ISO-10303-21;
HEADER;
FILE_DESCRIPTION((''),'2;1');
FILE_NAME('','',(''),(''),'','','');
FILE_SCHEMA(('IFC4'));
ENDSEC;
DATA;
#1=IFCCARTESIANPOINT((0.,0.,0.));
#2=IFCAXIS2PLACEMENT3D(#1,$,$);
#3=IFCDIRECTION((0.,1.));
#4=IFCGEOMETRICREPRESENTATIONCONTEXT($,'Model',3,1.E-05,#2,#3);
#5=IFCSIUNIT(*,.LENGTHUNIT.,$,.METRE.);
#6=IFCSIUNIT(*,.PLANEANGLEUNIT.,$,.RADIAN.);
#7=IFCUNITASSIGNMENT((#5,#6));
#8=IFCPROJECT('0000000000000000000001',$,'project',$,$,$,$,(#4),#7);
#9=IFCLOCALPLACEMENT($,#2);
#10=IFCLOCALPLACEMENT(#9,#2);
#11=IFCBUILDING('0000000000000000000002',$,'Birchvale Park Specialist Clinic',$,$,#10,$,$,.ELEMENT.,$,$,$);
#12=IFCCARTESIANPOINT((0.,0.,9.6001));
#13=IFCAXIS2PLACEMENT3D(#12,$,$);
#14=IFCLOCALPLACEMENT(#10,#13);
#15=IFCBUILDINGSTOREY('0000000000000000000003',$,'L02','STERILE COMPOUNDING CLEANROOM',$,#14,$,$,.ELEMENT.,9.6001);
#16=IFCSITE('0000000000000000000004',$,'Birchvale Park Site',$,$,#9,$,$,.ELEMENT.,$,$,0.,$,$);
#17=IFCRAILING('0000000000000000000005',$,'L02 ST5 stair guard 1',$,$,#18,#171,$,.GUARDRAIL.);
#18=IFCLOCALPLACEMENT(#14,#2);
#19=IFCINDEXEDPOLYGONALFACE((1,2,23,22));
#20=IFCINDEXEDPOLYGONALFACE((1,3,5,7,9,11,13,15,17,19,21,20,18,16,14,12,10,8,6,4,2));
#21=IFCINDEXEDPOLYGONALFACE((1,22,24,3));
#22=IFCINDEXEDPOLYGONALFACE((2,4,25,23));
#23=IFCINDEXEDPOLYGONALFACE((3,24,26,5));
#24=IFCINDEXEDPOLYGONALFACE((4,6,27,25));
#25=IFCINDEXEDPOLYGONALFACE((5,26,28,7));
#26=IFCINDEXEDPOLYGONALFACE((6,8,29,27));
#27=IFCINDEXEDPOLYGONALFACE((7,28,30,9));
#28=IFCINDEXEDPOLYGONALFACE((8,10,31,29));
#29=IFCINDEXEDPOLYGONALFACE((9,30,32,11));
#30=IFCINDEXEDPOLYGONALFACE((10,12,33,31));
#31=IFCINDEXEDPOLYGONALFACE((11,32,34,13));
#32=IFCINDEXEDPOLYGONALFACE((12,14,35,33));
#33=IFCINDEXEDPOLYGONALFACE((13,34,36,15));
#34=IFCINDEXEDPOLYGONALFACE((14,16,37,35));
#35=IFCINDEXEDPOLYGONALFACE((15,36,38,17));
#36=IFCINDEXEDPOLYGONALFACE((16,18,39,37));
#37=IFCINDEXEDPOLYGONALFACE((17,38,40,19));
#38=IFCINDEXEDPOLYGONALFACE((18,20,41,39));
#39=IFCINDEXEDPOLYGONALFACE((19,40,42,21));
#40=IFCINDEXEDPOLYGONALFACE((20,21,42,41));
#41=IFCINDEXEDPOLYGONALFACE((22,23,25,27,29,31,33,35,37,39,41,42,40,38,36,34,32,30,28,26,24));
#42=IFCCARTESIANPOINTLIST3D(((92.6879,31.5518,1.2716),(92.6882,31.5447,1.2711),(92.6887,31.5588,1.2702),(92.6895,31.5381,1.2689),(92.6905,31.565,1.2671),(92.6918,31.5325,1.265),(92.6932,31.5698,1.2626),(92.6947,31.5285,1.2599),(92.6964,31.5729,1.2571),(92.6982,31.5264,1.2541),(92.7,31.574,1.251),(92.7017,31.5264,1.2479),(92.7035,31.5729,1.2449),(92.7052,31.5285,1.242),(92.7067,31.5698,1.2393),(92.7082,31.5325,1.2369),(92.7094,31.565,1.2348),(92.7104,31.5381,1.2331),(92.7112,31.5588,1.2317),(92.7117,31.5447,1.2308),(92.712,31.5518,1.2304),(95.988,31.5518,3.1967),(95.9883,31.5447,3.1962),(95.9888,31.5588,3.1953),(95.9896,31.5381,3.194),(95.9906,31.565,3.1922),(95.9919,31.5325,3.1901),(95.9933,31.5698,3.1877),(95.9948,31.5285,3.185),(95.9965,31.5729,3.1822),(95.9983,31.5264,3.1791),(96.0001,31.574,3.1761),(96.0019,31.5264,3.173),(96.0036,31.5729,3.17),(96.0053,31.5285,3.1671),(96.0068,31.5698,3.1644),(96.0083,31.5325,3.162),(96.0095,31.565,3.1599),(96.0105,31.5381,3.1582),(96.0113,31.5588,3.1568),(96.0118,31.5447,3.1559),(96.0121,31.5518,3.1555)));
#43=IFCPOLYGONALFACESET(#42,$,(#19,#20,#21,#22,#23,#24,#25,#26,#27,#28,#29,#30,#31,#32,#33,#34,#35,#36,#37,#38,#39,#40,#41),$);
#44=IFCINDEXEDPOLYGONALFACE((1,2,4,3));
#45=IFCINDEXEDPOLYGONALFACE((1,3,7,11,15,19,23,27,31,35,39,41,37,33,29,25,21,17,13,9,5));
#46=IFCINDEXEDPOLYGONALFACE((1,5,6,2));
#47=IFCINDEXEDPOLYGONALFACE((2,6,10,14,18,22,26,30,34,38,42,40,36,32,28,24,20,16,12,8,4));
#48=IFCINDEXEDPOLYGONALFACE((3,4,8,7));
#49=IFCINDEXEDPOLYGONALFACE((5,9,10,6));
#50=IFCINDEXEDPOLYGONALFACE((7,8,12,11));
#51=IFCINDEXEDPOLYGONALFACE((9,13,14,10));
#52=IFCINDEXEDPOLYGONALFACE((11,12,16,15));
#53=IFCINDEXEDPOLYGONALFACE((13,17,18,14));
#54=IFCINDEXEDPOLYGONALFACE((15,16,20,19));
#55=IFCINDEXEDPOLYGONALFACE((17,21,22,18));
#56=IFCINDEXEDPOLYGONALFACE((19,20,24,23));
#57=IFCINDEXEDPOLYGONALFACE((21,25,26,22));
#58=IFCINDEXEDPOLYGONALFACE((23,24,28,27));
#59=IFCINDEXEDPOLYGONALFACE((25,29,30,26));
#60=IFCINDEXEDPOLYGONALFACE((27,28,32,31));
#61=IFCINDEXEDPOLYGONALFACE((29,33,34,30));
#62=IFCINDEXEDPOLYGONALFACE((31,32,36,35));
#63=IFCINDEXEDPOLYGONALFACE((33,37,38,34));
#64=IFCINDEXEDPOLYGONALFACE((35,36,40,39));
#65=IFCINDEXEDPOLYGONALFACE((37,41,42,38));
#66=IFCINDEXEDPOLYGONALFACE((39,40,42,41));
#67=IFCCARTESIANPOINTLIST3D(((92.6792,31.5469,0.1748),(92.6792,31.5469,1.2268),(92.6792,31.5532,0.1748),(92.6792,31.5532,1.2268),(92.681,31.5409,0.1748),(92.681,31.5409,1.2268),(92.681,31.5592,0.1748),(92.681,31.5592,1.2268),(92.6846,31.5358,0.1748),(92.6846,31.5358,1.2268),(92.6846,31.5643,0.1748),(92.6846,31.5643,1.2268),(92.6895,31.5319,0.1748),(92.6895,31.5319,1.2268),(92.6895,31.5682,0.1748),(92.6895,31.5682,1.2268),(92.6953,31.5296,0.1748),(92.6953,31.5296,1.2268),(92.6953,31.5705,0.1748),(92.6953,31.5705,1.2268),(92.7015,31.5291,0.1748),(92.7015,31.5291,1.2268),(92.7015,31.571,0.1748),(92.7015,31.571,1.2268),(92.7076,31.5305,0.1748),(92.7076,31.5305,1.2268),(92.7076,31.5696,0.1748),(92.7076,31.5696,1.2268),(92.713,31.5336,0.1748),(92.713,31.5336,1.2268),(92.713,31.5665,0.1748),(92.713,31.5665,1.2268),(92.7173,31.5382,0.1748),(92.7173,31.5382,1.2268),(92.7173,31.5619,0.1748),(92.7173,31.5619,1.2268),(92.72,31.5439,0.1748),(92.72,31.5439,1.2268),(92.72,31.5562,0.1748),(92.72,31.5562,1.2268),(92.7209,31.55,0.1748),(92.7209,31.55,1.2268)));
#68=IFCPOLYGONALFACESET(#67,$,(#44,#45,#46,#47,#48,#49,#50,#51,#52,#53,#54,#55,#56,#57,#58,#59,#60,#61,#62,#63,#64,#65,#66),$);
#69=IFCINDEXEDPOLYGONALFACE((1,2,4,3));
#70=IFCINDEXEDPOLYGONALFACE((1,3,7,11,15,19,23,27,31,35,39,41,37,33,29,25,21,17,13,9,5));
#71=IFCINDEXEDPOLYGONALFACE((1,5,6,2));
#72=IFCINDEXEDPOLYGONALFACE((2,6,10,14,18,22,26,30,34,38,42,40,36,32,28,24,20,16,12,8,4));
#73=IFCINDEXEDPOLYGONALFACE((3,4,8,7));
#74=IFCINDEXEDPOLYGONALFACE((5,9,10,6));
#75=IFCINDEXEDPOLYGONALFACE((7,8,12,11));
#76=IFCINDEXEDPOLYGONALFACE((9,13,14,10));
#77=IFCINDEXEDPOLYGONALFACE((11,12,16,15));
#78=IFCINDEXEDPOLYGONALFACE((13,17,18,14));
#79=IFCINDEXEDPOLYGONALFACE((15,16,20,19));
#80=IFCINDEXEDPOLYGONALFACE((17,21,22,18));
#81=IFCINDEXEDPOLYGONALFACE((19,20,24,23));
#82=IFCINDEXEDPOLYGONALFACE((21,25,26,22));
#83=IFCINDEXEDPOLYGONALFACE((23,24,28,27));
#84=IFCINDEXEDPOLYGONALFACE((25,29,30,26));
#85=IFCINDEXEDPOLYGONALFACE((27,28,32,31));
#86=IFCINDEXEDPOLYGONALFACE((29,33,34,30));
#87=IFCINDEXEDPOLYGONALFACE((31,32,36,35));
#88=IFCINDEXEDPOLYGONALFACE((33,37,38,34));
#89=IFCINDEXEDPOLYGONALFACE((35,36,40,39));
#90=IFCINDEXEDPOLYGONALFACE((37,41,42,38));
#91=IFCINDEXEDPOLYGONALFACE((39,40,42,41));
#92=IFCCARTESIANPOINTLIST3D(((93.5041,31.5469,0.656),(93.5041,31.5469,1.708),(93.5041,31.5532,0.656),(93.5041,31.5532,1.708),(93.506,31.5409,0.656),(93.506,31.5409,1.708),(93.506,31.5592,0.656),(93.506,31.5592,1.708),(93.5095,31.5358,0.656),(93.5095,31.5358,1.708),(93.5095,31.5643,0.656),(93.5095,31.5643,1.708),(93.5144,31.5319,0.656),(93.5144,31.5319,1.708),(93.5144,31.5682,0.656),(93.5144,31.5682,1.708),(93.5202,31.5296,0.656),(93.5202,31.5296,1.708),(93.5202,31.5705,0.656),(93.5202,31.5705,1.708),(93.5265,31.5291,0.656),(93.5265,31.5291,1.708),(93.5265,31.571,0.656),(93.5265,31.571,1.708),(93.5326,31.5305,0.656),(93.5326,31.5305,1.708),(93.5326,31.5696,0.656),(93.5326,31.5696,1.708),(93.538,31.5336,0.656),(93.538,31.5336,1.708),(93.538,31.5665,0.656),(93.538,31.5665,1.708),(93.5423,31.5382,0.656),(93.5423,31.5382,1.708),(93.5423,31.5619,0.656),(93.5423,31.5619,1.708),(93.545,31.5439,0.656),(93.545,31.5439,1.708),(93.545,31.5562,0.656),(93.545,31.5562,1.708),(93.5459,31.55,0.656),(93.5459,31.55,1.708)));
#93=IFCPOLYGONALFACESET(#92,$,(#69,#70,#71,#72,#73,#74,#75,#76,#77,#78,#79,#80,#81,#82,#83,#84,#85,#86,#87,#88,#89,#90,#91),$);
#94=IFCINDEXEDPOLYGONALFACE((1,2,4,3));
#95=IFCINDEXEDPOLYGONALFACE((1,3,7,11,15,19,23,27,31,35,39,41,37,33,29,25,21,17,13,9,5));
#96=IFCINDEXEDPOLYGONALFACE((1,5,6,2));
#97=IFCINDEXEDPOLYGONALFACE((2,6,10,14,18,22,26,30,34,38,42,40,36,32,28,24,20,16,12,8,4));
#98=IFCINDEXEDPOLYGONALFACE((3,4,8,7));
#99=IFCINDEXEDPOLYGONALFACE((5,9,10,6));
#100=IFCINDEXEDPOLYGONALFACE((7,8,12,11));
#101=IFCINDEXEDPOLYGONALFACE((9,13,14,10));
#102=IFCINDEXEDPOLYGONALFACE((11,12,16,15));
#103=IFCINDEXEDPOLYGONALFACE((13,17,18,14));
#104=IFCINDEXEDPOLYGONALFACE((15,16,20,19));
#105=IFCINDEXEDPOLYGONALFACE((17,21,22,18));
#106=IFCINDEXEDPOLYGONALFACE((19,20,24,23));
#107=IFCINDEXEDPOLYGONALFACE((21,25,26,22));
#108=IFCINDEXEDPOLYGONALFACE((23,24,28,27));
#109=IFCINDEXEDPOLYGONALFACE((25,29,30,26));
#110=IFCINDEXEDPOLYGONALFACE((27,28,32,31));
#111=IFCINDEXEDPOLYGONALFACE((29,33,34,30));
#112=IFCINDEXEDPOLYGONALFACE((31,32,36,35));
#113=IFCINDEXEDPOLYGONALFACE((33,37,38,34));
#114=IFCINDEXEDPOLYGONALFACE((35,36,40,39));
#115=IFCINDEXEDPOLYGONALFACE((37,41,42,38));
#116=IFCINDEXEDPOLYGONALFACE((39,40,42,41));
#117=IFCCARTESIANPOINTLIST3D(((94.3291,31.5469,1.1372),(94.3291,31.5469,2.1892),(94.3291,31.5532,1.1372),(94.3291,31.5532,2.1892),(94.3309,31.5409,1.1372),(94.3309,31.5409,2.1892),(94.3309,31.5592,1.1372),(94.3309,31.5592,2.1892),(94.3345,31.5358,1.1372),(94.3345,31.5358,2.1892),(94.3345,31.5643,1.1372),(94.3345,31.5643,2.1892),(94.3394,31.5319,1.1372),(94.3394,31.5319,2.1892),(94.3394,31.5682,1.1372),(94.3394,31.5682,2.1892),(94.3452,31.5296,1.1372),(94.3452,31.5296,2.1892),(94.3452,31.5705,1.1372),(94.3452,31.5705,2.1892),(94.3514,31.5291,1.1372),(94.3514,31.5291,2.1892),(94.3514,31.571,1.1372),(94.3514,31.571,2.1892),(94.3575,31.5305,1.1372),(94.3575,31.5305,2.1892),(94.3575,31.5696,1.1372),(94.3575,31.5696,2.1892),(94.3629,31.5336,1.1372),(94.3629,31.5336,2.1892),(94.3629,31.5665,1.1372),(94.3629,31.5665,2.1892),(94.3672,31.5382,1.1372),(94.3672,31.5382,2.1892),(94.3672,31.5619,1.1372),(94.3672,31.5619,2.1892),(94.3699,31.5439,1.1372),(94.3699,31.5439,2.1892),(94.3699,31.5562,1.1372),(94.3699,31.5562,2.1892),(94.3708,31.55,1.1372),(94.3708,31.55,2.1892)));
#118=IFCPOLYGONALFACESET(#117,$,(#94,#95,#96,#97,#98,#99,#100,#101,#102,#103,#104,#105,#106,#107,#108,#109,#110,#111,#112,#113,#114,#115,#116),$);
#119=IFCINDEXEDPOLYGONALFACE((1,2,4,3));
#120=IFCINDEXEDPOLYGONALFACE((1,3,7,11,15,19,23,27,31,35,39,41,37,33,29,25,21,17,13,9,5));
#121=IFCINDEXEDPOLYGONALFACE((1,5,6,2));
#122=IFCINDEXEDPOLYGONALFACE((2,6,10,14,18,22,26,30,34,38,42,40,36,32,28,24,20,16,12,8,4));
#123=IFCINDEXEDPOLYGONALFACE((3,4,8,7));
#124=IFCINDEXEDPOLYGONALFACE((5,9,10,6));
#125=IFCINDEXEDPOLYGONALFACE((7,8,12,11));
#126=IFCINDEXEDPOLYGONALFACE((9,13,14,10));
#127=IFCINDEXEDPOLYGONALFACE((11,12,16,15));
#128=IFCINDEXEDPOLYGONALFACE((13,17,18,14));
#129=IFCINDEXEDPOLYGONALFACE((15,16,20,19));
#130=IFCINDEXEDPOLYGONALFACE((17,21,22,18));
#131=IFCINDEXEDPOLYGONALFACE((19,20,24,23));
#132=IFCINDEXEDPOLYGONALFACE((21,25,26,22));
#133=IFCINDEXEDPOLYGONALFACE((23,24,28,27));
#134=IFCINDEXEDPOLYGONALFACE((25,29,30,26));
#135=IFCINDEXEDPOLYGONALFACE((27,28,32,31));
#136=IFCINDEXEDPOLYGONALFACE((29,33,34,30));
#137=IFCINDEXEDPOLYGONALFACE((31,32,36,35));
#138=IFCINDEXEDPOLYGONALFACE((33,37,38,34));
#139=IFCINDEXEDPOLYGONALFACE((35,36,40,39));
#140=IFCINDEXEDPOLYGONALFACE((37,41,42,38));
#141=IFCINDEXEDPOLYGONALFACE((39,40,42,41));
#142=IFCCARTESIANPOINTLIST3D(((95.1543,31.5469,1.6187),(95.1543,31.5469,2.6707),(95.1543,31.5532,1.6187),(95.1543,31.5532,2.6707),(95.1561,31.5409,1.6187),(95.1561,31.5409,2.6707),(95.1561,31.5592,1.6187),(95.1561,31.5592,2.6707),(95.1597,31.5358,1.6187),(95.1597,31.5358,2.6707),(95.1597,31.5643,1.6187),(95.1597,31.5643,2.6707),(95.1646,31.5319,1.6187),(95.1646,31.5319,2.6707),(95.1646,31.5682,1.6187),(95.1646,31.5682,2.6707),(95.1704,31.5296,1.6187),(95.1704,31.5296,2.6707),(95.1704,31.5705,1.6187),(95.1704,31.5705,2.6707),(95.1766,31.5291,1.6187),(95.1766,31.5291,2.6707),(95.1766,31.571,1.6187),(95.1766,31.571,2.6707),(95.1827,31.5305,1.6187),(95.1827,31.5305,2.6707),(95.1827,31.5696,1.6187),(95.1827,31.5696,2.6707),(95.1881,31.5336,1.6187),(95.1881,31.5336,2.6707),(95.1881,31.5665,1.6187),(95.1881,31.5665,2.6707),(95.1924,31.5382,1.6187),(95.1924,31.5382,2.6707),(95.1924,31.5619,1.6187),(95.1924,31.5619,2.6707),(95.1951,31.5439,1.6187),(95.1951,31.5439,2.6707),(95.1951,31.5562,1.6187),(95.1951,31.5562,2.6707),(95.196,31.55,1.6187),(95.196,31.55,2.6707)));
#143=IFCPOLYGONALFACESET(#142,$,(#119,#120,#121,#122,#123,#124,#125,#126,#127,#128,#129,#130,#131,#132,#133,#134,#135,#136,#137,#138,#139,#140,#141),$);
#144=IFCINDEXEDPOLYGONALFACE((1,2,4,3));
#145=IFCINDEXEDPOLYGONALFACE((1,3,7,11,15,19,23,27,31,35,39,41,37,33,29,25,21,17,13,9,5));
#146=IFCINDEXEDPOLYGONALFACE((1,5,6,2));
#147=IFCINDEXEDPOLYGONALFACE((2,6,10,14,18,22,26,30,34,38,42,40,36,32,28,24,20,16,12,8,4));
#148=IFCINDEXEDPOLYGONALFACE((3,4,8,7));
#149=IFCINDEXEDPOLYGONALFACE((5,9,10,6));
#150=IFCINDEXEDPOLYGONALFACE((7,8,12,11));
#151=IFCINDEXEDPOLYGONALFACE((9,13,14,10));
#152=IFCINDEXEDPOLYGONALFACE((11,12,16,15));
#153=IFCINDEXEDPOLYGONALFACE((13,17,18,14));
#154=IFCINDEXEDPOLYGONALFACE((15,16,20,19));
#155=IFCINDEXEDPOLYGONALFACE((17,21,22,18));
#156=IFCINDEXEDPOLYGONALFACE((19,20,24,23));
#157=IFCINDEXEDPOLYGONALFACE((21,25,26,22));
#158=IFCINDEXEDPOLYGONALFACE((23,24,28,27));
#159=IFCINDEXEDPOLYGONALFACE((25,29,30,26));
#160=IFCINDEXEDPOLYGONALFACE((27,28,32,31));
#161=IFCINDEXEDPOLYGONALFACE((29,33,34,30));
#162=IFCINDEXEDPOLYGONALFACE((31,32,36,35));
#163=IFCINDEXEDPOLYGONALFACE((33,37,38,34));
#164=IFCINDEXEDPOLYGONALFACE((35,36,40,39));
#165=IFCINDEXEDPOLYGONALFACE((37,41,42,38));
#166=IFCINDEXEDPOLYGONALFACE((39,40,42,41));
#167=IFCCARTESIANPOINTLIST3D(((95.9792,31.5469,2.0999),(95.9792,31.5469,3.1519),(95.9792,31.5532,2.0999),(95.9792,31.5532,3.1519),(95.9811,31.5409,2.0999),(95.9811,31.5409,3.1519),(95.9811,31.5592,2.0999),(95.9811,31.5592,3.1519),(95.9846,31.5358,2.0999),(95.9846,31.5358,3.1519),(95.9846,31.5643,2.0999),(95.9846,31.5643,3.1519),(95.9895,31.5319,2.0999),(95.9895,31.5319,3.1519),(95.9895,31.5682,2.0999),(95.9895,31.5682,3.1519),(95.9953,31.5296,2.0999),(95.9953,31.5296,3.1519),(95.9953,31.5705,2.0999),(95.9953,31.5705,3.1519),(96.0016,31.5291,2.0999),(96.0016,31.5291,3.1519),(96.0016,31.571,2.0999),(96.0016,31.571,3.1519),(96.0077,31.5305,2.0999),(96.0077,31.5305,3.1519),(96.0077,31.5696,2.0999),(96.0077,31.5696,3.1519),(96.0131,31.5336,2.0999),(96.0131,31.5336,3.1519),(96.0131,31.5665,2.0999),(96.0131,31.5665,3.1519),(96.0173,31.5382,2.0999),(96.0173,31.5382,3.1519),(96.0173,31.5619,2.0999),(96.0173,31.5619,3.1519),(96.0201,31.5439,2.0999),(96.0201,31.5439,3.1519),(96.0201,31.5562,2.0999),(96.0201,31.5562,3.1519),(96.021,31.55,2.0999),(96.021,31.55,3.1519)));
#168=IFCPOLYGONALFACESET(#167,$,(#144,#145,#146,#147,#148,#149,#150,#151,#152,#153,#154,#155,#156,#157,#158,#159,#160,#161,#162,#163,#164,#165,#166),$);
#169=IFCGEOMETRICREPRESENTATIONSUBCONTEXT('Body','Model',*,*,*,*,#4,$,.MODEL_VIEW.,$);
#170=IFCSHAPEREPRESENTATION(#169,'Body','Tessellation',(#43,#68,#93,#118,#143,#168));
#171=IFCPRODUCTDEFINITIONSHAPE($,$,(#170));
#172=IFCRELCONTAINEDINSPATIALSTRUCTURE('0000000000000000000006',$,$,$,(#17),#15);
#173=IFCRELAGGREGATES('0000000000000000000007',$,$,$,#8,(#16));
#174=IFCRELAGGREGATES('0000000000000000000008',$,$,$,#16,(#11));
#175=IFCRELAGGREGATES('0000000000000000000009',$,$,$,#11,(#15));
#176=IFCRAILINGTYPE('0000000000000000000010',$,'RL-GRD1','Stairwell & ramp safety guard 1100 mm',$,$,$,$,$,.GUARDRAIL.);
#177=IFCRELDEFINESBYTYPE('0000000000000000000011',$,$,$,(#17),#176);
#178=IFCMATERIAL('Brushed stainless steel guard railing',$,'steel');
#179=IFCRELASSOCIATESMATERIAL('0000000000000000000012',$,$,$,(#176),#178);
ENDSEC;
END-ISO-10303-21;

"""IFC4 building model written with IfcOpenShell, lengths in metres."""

from ifc_helpers import new_model, si_unit, direction, frame, origin, origin_2d, place, context, subcontext, project, spatial, circle, extrude, material, type_object, element, save


model = new_model("IFC4")

# Units and contexts
model_context = context("Model", 3, precision=1e-05, world=origin(), true_north=direction((0.0, 1.0)))
body_context = subcontext(model_context, "Body", "Model", "MODEL_VIEW")
ifc_project = project(units=[si_unit("LENGTHUNIT", "METRE"), si_unit("PLANEANGLEUNIT", "RADIAN")], contexts=[model_context])

# Site, building, storey
site_placement = place(None, origin())
site = spatial("IfcSite", under=ifc_project, at=site_placement, Name="Birchvale Park Site", CompositionType="ELEMENT", RefElevation=0.0)
building_placement = place(site_placement, origin())
building = spatial("IfcBuilding", under=site, at=building_placement, Name="Birchvale Park Specialist Clinic", CompositionType="ELEMENT")
storey_placement = place(building_placement, frame((0.0, 0.0, 9.6001)))
storey = spatial("IfcBuildingStorey", under=building, at=storey_placement, Name="L02", Description="STERILE COMPOUNDING CLEANROOM", CompositionType="ELEMENT", Elevation=9.6001)

# Railing
ifc_material_1 = material(Name="Brushed stainless steel guard railing", Category="steel")
railing_type_1 = type_object("IfcRailingType", Name="RL-GRD1", Description="Stairwell & ramp safety guard 1100 mm", PredefinedType="GUARDRAIL", material=ifc_material_1)
railing_1_placement = place(storey_placement, frame((92.7, 31.55, 0.1748)))
element("IfcRailing", 1, at=railing_1_placement, inside=storey, type_object=railing_type_1, Name="L02 ST5 stair guard 1", PredefinedType="GUARDRAIL", context=body_context, shape_type="SweptSolid", body=[
    extrude(circle(Radius=0.0239, at=origin_2d()), frame((0.0, 0.0, 1.0762), z_axis=(0.863777, 0.0, 0.503875), x_axis=(0.0, 1.0, 0.0)), (0.0, 0.0, 1.0), 3.8206),
    extrude(circle(Radius=0.021, at=origin_2d()), origin(), (0.0, 0.0, 1.0), 1.052),
    extrude(circle(Radius=0.021, at=origin_2d()), frame((0.825, 0.0, 0.4812)), (0.0, 0.0, 1.0), 1.052),
    extrude(circle(Radius=0.021, at=origin_2d()), frame((1.6499, 0.0, 0.9624)), (0.0, 0.0, 1.0), 1.052),
    extrude(circle(Radius=0.021, at=origin_2d()), frame((2.4751, 0.0, 1.4438)), (0.0, 0.0, 1.0), 1.052),
    extrude(circle(Radius=0.021, at=origin_2d()), frame((3.3, 0.0, 1.925)), (0.0, 0.0, 1.0), 1.052),
])

save(model, "model.ifc")
